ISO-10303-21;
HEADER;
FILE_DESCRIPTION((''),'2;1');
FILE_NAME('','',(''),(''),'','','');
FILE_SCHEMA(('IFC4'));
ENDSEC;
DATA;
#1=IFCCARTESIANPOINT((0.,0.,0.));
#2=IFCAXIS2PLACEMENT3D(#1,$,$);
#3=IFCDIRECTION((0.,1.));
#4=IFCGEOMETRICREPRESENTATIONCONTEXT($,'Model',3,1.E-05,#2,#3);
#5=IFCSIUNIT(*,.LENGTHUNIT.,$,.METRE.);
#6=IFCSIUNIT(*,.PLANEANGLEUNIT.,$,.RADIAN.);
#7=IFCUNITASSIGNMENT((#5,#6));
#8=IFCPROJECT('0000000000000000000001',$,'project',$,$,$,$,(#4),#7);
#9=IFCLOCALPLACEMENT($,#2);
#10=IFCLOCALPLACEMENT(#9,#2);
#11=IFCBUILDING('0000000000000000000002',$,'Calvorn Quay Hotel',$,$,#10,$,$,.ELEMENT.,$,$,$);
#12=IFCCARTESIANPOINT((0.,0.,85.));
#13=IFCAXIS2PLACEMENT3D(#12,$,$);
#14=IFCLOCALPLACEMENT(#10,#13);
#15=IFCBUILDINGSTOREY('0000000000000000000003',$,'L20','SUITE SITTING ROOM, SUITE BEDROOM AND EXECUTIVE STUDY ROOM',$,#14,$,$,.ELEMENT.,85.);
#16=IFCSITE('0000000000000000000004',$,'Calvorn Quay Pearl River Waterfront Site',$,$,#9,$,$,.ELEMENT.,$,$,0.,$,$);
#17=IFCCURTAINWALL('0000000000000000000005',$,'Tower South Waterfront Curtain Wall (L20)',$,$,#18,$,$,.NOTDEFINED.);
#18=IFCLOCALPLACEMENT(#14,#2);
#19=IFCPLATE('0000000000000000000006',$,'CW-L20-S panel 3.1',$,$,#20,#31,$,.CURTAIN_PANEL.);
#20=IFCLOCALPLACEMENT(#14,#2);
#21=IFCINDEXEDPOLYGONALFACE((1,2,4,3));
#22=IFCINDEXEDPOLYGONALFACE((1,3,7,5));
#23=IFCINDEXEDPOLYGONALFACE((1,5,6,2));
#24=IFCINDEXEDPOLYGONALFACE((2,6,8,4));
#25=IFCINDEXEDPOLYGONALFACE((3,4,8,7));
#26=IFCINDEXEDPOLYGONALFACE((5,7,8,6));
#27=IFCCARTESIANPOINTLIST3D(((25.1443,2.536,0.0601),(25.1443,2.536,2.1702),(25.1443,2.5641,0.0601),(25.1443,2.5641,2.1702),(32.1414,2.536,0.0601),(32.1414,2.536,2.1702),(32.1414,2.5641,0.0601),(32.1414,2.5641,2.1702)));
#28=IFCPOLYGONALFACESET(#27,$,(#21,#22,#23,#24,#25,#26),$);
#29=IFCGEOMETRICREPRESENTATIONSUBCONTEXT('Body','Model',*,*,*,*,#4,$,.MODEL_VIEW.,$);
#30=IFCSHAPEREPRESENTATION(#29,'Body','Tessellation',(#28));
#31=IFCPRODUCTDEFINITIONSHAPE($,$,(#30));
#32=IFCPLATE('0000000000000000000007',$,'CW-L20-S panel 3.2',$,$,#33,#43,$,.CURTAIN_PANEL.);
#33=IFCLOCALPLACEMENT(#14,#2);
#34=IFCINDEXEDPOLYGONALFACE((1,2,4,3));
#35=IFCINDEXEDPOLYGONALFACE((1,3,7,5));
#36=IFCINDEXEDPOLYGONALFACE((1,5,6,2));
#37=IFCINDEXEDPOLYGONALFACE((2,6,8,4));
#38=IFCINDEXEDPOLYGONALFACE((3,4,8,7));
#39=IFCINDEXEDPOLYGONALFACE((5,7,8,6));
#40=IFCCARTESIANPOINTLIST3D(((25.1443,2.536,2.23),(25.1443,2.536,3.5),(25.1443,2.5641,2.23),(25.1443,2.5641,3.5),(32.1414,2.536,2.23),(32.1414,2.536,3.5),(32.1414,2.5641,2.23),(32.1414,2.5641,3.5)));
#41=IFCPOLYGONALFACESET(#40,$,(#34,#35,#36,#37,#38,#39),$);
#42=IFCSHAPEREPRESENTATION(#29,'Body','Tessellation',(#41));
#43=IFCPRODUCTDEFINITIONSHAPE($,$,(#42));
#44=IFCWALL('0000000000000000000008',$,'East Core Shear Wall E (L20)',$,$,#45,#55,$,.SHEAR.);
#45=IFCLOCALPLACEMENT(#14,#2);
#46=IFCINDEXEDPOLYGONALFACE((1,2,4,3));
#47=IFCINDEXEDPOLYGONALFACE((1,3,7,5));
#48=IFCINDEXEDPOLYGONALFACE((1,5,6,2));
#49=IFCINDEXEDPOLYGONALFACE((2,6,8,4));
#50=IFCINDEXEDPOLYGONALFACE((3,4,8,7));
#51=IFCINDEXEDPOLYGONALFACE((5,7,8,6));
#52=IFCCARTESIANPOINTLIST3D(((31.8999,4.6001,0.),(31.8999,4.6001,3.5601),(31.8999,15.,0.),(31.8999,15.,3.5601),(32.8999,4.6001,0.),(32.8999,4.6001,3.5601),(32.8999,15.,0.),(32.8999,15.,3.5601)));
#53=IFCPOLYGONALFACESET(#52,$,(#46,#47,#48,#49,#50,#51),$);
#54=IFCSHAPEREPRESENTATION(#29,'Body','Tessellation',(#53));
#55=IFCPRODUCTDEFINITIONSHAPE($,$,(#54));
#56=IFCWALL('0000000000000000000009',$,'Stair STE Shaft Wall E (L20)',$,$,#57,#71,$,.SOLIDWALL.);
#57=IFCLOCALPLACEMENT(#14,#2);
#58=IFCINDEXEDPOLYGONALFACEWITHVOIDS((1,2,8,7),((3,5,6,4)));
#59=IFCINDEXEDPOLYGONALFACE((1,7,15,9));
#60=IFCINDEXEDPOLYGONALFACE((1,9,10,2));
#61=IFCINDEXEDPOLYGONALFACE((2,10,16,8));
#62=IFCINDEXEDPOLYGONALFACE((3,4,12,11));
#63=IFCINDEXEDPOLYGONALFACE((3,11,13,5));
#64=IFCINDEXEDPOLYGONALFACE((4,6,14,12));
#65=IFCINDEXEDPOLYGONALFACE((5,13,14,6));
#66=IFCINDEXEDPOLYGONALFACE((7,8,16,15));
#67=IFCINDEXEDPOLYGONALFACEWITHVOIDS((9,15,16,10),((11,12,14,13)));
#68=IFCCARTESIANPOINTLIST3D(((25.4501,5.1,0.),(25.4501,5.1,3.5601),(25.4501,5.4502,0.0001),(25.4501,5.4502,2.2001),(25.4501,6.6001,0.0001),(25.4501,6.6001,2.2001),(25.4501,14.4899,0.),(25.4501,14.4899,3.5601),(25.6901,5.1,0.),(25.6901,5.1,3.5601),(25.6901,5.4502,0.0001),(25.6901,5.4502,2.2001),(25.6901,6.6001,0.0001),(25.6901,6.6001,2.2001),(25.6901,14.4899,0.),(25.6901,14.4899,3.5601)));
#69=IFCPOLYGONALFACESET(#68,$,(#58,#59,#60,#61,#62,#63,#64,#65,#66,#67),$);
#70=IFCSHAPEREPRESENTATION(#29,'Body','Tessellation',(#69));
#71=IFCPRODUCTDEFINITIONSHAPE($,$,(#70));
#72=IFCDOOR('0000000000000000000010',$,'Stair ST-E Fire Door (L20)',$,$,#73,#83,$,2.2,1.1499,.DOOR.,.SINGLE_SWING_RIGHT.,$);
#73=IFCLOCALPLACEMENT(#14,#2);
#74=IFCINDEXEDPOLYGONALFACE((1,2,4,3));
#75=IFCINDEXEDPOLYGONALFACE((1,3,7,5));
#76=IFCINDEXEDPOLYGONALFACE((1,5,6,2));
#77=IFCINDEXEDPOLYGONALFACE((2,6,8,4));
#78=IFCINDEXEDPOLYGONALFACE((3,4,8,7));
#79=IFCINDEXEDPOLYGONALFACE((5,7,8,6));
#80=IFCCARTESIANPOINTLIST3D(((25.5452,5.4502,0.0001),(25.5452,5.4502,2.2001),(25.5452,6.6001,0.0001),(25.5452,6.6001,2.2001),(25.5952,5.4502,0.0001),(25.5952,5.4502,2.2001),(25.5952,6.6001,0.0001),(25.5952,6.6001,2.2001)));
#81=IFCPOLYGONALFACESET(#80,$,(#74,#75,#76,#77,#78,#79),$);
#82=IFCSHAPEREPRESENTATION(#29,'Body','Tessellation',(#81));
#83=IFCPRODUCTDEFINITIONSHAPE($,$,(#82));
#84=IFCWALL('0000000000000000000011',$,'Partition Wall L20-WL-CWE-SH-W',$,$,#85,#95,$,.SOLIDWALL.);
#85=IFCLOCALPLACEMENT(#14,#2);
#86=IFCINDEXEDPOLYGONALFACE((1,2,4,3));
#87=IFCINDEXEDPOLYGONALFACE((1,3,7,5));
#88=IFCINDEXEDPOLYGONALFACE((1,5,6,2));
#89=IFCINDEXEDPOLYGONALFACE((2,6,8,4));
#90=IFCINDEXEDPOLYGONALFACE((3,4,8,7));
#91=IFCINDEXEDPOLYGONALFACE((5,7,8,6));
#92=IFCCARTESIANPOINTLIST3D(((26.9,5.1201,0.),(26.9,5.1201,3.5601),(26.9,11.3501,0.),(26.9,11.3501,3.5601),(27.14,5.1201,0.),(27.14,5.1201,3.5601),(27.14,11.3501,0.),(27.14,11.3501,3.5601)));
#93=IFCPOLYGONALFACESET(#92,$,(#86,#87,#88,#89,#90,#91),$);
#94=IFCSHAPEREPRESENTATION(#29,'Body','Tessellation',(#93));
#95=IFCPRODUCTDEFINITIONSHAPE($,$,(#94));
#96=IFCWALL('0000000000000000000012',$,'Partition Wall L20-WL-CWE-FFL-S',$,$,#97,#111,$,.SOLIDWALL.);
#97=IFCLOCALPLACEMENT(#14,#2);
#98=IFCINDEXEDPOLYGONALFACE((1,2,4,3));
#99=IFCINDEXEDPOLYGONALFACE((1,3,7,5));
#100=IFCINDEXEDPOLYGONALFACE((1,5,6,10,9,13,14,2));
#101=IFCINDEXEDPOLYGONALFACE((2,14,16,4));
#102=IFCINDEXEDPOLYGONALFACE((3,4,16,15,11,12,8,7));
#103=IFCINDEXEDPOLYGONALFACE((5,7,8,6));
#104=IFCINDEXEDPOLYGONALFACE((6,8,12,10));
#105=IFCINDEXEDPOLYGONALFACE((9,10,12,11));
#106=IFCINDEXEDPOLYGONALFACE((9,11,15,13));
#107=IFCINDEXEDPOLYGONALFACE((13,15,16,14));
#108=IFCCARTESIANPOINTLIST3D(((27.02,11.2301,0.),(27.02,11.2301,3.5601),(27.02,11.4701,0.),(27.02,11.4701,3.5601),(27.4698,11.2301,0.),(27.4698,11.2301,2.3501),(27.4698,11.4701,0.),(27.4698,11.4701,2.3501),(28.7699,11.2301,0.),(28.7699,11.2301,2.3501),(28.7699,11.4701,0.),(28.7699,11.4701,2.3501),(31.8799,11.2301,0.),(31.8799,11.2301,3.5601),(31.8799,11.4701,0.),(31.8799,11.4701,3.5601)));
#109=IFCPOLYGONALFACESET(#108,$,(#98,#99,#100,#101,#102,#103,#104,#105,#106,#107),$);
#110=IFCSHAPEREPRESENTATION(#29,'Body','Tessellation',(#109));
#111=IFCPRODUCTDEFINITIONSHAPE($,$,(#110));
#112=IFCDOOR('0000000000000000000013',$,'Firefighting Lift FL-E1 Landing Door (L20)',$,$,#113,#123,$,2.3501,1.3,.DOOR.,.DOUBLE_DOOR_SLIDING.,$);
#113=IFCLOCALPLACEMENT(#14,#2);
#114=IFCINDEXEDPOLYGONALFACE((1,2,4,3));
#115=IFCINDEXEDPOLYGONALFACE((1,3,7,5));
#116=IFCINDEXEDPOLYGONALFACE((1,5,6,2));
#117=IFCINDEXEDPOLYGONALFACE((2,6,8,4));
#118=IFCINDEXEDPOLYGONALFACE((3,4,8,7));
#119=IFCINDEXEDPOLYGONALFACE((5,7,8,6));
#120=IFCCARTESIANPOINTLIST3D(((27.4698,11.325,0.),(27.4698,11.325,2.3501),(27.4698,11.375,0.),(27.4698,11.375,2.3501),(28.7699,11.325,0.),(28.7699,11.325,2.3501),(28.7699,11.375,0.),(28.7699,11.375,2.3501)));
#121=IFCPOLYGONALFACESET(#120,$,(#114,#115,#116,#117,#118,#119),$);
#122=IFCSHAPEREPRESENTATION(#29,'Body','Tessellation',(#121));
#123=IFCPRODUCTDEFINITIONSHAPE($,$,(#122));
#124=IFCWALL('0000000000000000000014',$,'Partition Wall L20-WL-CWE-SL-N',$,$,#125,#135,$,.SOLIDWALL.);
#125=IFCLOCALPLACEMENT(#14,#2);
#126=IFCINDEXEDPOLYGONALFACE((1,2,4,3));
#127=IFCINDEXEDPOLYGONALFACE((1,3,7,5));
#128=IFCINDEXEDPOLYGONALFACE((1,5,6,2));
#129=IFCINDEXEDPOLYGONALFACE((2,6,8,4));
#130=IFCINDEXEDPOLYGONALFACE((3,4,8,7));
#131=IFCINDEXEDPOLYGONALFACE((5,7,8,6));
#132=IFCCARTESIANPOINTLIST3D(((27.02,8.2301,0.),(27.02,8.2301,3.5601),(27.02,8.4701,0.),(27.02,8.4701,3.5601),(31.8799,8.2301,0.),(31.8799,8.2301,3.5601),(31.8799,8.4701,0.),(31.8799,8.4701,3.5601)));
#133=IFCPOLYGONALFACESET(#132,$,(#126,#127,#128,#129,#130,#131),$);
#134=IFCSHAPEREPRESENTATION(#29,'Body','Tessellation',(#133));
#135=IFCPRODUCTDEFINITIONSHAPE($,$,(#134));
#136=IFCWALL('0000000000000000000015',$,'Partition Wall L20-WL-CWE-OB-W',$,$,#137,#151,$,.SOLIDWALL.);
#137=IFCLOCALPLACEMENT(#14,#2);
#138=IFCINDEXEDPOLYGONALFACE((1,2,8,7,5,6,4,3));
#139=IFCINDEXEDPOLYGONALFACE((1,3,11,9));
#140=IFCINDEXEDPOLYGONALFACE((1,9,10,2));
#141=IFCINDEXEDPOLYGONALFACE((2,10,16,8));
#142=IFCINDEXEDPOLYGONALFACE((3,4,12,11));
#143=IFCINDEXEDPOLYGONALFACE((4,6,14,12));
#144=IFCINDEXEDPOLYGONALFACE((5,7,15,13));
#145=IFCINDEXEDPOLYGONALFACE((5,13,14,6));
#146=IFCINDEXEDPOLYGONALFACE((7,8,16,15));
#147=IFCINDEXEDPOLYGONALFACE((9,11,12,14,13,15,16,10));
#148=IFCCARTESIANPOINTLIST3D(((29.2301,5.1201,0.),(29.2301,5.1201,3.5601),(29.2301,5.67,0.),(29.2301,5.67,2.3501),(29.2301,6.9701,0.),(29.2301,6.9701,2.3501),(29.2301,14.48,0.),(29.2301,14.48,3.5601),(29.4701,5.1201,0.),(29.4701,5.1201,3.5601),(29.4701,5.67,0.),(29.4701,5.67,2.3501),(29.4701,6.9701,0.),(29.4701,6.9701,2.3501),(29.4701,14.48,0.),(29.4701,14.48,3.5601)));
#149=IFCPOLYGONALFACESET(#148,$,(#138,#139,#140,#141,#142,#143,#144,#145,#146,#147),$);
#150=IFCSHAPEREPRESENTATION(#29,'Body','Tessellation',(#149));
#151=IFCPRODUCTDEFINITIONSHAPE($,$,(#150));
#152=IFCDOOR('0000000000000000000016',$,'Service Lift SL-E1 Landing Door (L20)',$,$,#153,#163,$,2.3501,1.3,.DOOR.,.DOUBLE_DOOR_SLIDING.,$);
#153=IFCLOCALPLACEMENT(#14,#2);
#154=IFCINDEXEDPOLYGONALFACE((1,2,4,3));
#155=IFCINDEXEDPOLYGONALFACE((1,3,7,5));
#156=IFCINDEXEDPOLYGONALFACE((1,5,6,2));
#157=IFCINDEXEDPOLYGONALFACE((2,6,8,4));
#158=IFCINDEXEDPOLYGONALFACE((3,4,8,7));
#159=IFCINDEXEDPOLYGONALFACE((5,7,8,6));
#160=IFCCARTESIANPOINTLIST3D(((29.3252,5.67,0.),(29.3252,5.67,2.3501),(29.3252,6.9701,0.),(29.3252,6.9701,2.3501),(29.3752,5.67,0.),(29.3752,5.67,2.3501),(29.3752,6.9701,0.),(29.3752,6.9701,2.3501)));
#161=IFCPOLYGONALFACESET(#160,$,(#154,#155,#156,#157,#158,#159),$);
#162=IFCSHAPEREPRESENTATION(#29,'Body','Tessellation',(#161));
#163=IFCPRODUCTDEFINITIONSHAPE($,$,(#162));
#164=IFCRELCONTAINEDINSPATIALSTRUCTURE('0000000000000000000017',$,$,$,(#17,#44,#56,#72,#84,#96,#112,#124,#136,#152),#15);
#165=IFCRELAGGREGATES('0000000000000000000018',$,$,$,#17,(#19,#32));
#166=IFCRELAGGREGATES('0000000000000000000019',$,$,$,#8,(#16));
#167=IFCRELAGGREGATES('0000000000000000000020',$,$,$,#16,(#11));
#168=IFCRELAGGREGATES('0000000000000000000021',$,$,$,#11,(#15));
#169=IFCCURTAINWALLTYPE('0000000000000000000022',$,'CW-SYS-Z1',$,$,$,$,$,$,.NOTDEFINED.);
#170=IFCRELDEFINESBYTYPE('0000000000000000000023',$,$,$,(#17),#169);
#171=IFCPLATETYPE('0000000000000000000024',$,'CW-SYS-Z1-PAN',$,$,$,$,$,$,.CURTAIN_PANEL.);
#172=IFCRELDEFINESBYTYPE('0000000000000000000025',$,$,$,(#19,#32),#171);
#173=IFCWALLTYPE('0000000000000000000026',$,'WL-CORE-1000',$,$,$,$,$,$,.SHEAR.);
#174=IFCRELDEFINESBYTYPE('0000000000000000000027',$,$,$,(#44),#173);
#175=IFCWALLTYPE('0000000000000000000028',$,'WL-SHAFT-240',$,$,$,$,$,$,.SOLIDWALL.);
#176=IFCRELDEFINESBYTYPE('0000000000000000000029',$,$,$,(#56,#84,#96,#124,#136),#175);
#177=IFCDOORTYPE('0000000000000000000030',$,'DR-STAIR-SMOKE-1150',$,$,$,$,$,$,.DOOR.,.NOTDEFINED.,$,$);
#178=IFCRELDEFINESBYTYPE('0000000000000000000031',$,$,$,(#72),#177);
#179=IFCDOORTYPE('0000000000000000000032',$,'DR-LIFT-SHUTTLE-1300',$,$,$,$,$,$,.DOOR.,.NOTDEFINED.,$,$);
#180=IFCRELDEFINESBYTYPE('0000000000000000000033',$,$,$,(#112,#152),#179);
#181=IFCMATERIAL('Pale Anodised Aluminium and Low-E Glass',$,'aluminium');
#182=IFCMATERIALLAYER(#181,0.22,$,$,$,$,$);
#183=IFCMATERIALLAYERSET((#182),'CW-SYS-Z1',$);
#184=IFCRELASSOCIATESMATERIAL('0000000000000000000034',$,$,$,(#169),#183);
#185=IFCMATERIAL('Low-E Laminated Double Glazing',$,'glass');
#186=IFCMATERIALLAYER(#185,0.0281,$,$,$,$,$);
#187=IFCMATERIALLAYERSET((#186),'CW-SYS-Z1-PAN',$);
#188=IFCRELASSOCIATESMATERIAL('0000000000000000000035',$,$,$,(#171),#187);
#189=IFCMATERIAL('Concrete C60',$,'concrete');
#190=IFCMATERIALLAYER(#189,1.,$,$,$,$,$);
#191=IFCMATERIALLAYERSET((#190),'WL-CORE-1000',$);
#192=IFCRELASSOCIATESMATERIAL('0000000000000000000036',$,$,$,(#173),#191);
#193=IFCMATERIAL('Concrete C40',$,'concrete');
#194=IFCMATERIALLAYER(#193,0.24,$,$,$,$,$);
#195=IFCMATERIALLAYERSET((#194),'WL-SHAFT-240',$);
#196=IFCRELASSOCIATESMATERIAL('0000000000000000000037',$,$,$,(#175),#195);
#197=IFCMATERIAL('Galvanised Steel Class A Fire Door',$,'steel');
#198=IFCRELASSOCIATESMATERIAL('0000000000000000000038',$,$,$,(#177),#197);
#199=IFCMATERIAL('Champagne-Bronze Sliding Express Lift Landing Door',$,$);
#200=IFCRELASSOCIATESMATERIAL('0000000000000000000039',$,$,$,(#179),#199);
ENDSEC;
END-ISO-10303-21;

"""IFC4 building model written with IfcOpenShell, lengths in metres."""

from ifc_helpers import new_model, si_unit, direction, frame, frame_2d, origin, origin_2d, place, context, subcontext, project, spatial, rectangle, extrude, material, layer, layer_set, type_object, element, fill, aggregate, save


model = new_model("IFC4")

# Units and contexts
model_context = context("Model", 3, precision=1e-05, world=origin(), true_north=direction((0.0, 1.0)))
body_context = subcontext(model_context, "Body", "Model", "MODEL_VIEW")
ifc_project = project(units=[si_unit("LENGTHUNIT", "METRE"), si_unit("PLANEANGLEUNIT", "RADIAN")], contexts=[model_context])

# Site, building, storey
site_placement = place(None, origin())
site = spatial("IfcSite", under=ifc_project, at=site_placement, Name="Calvorn Quay Pearl River Waterfront Site", CompositionType="ELEMENT", RefElevation=0.0)
building_placement = place(site_placement, origin())
building = spatial("IfcBuilding", under=site, at=building_placement, Name="Calvorn Quay Hotel", CompositionType="ELEMENT")
storey_placement = place(building_placement, frame((0.0, 0.0, 85.0)))
storey = spatial("IfcBuildingStorey", under=building, at=storey_placement, Name="L20", Description="SUITE SITTING ROOM, SUITE BEDROOM AND EXECUTIVE STUDY ROOM", CompositionType="ELEMENT", Elevation=85.0)

# Curtain wall, plates
ifc_material_1 = material(Name="Pale Anodised Aluminium and Low-E Glass", Category="aluminium")
ifc_layer_1 = layer(ifc_material_1, 0.22)
ifc_layer_set_1 = layer_set([ifc_layer_1], Name="CW-SYS-Z1")
curtain_wall_type = type_object("IfcCurtainWallType", Name="CW-SYS-Z1", PredefinedType="NOTDEFINED", material=ifc_layer_set_1)
curtain_wall_placement = place(storey_placement, origin())
curtain_wall = element("IfcCurtainWall", 1, at=curtain_wall_placement, inside=storey, type_object=curtain_wall_type, Name="Tower South Waterfront Curtain Wall (L20)", PredefinedType="NOTDEFINED")
ifc_material_2 = material(Name="Low-E Laminated Double Glazing", Category="glass")
ifc_layer_2 = layer(ifc_material_2, 0.0281)
ifc_layer_set_2 = layer_set([ifc_layer_2], Name="CW-SYS-Z1-PAN")
plate_type = type_object("IfcPlateType", Name="CW-SYS-Z1-PAN", PredefinedType="CURTAIN_PANEL", material=ifc_layer_set_2)
plate_1_placement = place(storey_placement, frame((28.6428, 2.55, 0.0601), z_axis=(0.0, 0.0, 1.0), x_axis=(1.0, 0.0, 0.0)))
plate_1 = element("IfcPlate", 2, at=plate_1_placement, type_object=plate_type, Name="CW-L20-S panel 3.1", PredefinedType="CURTAIN_PANEL", context=body_context, shape_type="SweptSolid", body=[
    extrude(rectangle(XDim=6.9971, YDim=0.0281, at=origin_2d()), origin(), (0.0, 0.0, 1.0), 2.1101),
])
plate_2_placement = place(storey_placement, frame((28.6428, 2.55, 2.23), z_axis=(0.0, 0.0, 1.0), x_axis=(1.0, 0.0, 0.0)))
plate_2 = element("IfcPlate", 3, at=plate_2_placement, type_object=plate_type, Name="CW-L20-S panel 3.2", PredefinedType="CURTAIN_PANEL", context=body_context, shape_type="SweptSolid", body=[
    extrude(rectangle(XDim=6.9971, YDim=0.0281, at=origin_2d()), origin(), (0.0, 0.0, 1.0), 1.27),
])
aggregate(curtain_wall, [plate_1, plate_2])

# Wall
ifc_material_3 = material(Name="Concrete C60", Category="concrete")
ifc_layer_3 = layer(ifc_material_3, 1.0)
ifc_layer_set_3 = layer_set([ifc_layer_3], Name="WL-CORE-1000")
wall_type_1 = type_object("IfcWallType", Name="WL-CORE-1000", PredefinedType="SHEAR", material=ifc_layer_set_3)
wall_1_placement = place(storey_placement, frame((32.3999, 4.6001, 0.0), z_axis=(0.0, 0.0, 1.0), x_axis=(0.0, 1.0, 0.0)))
element("IfcWall", 4, at=wall_1_placement, inside=storey, type_object=wall_type_1, Name="East Core Shear Wall E (L20)", PredefinedType="SHEAR", context=body_context, shape_type="SweptSolid", body=[
    extrude(rectangle(XDim=10.3999, YDim=1.0, at=frame_2d((5.2, 0.0))), origin(), (0.0, 0.0, 1.0), 3.5601),
])

# Wall, opening, door
ifc_material_4 = material(Name="Concrete C40", Category="concrete")
ifc_layer_4 = layer(ifc_material_4, 0.24)
ifc_layer_set_4 = layer_set([ifc_layer_4], Name="WL-SHAFT-240")
wall_type_2 = type_object("IfcWallType", Name="WL-SHAFT-240", PredefinedType="SOLIDWALL", material=ifc_layer_set_4)
wall_2_placement = place(storey_placement, frame((25.5701, 5.1001, 0.0), z_axis=(0.0, 0.0, 1.0), x_axis=(0.0, 1.0, 0.0)))
wall_2 = element("IfcWall", 5, at=wall_2_placement, inside=storey, type_object=wall_type_2, Name="Stair STE Shaft Wall E (L20)", PredefinedType="SOLIDWALL", context=body_context, shape_type="SweptSolid", body=[
    extrude(rectangle(XDim=9.3899, YDim=0.24, at=frame_2d((4.6948, 0.0))), origin(), (0.0, 0.0, 1.0), 3.5601),
])
opening_1_placement = place(wall_2_placement, frame((0.3501, 0.0, 0.0)))
opening_1 = element("IfcOpeningElement", 6, at=opening_1_placement, cuts=wall_2, PredefinedType="OPENING", context=body_context, shape_type="SweptSolid", body=[
    extrude(rectangle(XDim=1.1499, YDim=2.2, at=frame_2d((0.575, 1.1001))), frame((0.0, 0.1299, 0.0), z_axis=(0.0, -1.0, 0.0), x_axis=(1.0, 0.0, 0.0)), (0.0, 0.0, 1.0), 0.26),
])
ifc_material_5 = material(Name="Galvanised Steel Class A Fire Door", Category="steel")
door_type_1 = type_object("IfcDoorType", Name="DR-STAIR-SMOKE-1150", OperationType="NOTDEFINED", PredefinedType="DOOR", material=ifc_material_5)
door_1_placement = place(opening_1_placement, origin())
door_1 = element("IfcDoor", 7, at=door_1_placement, inside=storey, type_object=door_type_1, Name="Stair ST-E Fire Door (L20)", OperationType="SINGLE_SWING_RIGHT", OverallHeight=2.2, OverallWidth=1.1499, PredefinedType="DOOR", context=body_context, shape_type="SweptSolid", body=[
    extrude(rectangle(XDim=1.1499, YDim=2.2, at=frame_2d((0.575, 1.1001))), frame((0.0, 0.0249, 0.0), z_axis=(0.0, -1.0, 0.0), x_axis=(1.0, 0.0, 0.0)), (0.0, 0.0, 1.0), 0.05),
])
fill(opening_1, door_1)

# Wall
wall_3_placement = place(storey_placement, frame((27.02, 5.1201, 0.0), z_axis=(0.0, 0.0, 1.0), x_axis=(0.0, 1.0, 0.0)))
element("IfcWall", 8, at=wall_3_placement, inside=storey, type_object=wall_type_2, Name="Partition Wall L20-WL-CWE-SH-W", PredefinedType="SOLIDWALL", context=body_context, shape_type="SweptSolid", body=[
    extrude(rectangle(XDim=6.23, YDim=0.24, at=frame_2d((3.115, 0.0))), origin(), (0.0, 0.0, 1.0), 3.5601),
])

# Wall, opening, door
wall_4_placement = place(storey_placement, frame((27.02, 11.3501, 0.0), z_axis=(0.0, 0.0, 1.0), x_axis=(1.0, 0.0, 0.0)))
wall_4 = element("IfcWall", 9, at=wall_4_placement, inside=storey, type_object=wall_type_2, Name="Partition Wall L20-WL-CWE-FFL-S", PredefinedType="SOLIDWALL", context=body_context, shape_type="SweptSolid", body=[
    extrude(rectangle(XDim=4.8599, YDim=0.24, at=frame_2d((2.4299, 0.0))), origin(), (0.0, 0.0, 1.0), 3.5601),
])
opening_2_placement = place(wall_4_placement, frame((0.45, 0.0, 0.0)))
opening_2 = element("IfcOpeningElement", 10, at=opening_2_placement, cuts=wall_4, PredefinedType="OPENING", context=body_context, shape_type="SweptSolid", body=[
    extrude(rectangle(XDim=1.3, YDim=2.3501, at=frame_2d((0.6499, 1.175))), frame((0.0, 0.1299, 0.0), z_axis=(0.0, -1.0, 0.0), x_axis=(1.0, 0.0, 0.0)), (0.0, 0.0, 1.0), 0.26),
])
ifc_material_6 = material(Name="Champagne-Bronze Sliding Express Lift Landing Door")
door_type_2 = type_object("IfcDoorType", Name="DR-LIFT-SHUTTLE-1300", OperationType="NOTDEFINED", PredefinedType="DOOR", material=ifc_material_6)
door_2_placement = place(opening_2_placement, origin())
door_2 = element("IfcDoor", 11, at=door_2_placement, inside=storey, type_object=door_type_2, Name="Firefighting Lift FL-E1 Landing Door (L20)", OperationType="DOUBLE_DOOR_SLIDING", OverallHeight=2.3501, OverallWidth=1.3, PredefinedType="DOOR", context=body_context, shape_type="SweptSolid", body=[
    extrude(rectangle(XDim=1.3, YDim=2.3501, at=frame_2d((0.6499, 1.175))), frame((0.0, 0.0249, 0.0), z_axis=(0.0, -1.0, 0.0), x_axis=(1.0, 0.0, 0.0)), (0.0, 0.0, 1.0), 0.05),
])
fill(opening_2, door_2)

# Wall
wall_5_placement = place(storey_placement, frame((27.02, 8.3501, 0.0), z_axis=(0.0, 0.0, 1.0), x_axis=(1.0, 0.0, 0.0)))
element("IfcWall", 12, at=wall_5_placement, inside=storey, type_object=wall_type_2, Name="Partition Wall L20-WL-CWE-SL-N", PredefinedType="SOLIDWALL", context=body_context, shape_type="SweptSolid", body=[
    extrude(rectangle(XDim=4.8599, YDim=0.24, at=frame_2d((2.4299, 0.0))), origin(), (0.0, 0.0, 1.0), 3.5601),
])

# Wall, opening, door
wall_6_placement = place(storey_placement, frame((29.3501, 5.1201, 0.0), z_axis=(0.0, 0.0, 1.0), x_axis=(0.0, 1.0, 0.0)))
wall_6 = element("IfcWall", 13, at=wall_6_placement, inside=storey, type_object=wall_type_2, Name="Partition Wall L20-WL-CWE-OB-W", PredefinedType="SOLIDWALL", context=body_context, shape_type="SweptSolid", body=[
    extrude(rectangle(XDim=9.3599, YDim=0.24, at=frame_2d((4.6799, 0.0))), origin(), (0.0, 0.0, 1.0), 3.5601),
])
opening_3_placement = place(wall_6_placement, frame((0.55, 0.0, 0.0)))
opening_3 = element("IfcOpeningElement", 14, at=opening_3_placement, cuts=wall_6, PredefinedType="OPENING", context=body_context, shape_type="SweptSolid", body=[
    extrude(rectangle(XDim=1.3, YDim=2.3501, at=frame_2d((0.6499, 1.175))), frame((0.0, 0.1299, 0.0), z_axis=(0.0, -1.0, 0.0), x_axis=(1.0, 0.0, 0.0)), (0.0, 0.0, 1.0), 0.26),
])
door_3_placement = place(opening_3_placement, origin())
door_3 = element("IfcDoor", 15, at=door_3_placement, inside=storey, type_object=door_type_2, Name="Service Lift SL-E1 Landing Door (L20)", OperationType="DOUBLE_DOOR_SLIDING", OverallHeight=2.3501, OverallWidth=1.3, PredefinedType="DOOR", context=body_context, shape_type="SweptSolid", body=[
    extrude(rectangle(XDim=1.3, YDim=2.3501, at=frame_2d((0.6499, 1.175))), frame((0.0, 0.0249, 0.0), z_axis=(0.0, -1.0, 0.0), x_axis=(1.0, 0.0, 0.0)), (0.0, 0.0, 1.0), 0.05),
])
fill(opening_3, door_3)

save(model, "model.ifc")
